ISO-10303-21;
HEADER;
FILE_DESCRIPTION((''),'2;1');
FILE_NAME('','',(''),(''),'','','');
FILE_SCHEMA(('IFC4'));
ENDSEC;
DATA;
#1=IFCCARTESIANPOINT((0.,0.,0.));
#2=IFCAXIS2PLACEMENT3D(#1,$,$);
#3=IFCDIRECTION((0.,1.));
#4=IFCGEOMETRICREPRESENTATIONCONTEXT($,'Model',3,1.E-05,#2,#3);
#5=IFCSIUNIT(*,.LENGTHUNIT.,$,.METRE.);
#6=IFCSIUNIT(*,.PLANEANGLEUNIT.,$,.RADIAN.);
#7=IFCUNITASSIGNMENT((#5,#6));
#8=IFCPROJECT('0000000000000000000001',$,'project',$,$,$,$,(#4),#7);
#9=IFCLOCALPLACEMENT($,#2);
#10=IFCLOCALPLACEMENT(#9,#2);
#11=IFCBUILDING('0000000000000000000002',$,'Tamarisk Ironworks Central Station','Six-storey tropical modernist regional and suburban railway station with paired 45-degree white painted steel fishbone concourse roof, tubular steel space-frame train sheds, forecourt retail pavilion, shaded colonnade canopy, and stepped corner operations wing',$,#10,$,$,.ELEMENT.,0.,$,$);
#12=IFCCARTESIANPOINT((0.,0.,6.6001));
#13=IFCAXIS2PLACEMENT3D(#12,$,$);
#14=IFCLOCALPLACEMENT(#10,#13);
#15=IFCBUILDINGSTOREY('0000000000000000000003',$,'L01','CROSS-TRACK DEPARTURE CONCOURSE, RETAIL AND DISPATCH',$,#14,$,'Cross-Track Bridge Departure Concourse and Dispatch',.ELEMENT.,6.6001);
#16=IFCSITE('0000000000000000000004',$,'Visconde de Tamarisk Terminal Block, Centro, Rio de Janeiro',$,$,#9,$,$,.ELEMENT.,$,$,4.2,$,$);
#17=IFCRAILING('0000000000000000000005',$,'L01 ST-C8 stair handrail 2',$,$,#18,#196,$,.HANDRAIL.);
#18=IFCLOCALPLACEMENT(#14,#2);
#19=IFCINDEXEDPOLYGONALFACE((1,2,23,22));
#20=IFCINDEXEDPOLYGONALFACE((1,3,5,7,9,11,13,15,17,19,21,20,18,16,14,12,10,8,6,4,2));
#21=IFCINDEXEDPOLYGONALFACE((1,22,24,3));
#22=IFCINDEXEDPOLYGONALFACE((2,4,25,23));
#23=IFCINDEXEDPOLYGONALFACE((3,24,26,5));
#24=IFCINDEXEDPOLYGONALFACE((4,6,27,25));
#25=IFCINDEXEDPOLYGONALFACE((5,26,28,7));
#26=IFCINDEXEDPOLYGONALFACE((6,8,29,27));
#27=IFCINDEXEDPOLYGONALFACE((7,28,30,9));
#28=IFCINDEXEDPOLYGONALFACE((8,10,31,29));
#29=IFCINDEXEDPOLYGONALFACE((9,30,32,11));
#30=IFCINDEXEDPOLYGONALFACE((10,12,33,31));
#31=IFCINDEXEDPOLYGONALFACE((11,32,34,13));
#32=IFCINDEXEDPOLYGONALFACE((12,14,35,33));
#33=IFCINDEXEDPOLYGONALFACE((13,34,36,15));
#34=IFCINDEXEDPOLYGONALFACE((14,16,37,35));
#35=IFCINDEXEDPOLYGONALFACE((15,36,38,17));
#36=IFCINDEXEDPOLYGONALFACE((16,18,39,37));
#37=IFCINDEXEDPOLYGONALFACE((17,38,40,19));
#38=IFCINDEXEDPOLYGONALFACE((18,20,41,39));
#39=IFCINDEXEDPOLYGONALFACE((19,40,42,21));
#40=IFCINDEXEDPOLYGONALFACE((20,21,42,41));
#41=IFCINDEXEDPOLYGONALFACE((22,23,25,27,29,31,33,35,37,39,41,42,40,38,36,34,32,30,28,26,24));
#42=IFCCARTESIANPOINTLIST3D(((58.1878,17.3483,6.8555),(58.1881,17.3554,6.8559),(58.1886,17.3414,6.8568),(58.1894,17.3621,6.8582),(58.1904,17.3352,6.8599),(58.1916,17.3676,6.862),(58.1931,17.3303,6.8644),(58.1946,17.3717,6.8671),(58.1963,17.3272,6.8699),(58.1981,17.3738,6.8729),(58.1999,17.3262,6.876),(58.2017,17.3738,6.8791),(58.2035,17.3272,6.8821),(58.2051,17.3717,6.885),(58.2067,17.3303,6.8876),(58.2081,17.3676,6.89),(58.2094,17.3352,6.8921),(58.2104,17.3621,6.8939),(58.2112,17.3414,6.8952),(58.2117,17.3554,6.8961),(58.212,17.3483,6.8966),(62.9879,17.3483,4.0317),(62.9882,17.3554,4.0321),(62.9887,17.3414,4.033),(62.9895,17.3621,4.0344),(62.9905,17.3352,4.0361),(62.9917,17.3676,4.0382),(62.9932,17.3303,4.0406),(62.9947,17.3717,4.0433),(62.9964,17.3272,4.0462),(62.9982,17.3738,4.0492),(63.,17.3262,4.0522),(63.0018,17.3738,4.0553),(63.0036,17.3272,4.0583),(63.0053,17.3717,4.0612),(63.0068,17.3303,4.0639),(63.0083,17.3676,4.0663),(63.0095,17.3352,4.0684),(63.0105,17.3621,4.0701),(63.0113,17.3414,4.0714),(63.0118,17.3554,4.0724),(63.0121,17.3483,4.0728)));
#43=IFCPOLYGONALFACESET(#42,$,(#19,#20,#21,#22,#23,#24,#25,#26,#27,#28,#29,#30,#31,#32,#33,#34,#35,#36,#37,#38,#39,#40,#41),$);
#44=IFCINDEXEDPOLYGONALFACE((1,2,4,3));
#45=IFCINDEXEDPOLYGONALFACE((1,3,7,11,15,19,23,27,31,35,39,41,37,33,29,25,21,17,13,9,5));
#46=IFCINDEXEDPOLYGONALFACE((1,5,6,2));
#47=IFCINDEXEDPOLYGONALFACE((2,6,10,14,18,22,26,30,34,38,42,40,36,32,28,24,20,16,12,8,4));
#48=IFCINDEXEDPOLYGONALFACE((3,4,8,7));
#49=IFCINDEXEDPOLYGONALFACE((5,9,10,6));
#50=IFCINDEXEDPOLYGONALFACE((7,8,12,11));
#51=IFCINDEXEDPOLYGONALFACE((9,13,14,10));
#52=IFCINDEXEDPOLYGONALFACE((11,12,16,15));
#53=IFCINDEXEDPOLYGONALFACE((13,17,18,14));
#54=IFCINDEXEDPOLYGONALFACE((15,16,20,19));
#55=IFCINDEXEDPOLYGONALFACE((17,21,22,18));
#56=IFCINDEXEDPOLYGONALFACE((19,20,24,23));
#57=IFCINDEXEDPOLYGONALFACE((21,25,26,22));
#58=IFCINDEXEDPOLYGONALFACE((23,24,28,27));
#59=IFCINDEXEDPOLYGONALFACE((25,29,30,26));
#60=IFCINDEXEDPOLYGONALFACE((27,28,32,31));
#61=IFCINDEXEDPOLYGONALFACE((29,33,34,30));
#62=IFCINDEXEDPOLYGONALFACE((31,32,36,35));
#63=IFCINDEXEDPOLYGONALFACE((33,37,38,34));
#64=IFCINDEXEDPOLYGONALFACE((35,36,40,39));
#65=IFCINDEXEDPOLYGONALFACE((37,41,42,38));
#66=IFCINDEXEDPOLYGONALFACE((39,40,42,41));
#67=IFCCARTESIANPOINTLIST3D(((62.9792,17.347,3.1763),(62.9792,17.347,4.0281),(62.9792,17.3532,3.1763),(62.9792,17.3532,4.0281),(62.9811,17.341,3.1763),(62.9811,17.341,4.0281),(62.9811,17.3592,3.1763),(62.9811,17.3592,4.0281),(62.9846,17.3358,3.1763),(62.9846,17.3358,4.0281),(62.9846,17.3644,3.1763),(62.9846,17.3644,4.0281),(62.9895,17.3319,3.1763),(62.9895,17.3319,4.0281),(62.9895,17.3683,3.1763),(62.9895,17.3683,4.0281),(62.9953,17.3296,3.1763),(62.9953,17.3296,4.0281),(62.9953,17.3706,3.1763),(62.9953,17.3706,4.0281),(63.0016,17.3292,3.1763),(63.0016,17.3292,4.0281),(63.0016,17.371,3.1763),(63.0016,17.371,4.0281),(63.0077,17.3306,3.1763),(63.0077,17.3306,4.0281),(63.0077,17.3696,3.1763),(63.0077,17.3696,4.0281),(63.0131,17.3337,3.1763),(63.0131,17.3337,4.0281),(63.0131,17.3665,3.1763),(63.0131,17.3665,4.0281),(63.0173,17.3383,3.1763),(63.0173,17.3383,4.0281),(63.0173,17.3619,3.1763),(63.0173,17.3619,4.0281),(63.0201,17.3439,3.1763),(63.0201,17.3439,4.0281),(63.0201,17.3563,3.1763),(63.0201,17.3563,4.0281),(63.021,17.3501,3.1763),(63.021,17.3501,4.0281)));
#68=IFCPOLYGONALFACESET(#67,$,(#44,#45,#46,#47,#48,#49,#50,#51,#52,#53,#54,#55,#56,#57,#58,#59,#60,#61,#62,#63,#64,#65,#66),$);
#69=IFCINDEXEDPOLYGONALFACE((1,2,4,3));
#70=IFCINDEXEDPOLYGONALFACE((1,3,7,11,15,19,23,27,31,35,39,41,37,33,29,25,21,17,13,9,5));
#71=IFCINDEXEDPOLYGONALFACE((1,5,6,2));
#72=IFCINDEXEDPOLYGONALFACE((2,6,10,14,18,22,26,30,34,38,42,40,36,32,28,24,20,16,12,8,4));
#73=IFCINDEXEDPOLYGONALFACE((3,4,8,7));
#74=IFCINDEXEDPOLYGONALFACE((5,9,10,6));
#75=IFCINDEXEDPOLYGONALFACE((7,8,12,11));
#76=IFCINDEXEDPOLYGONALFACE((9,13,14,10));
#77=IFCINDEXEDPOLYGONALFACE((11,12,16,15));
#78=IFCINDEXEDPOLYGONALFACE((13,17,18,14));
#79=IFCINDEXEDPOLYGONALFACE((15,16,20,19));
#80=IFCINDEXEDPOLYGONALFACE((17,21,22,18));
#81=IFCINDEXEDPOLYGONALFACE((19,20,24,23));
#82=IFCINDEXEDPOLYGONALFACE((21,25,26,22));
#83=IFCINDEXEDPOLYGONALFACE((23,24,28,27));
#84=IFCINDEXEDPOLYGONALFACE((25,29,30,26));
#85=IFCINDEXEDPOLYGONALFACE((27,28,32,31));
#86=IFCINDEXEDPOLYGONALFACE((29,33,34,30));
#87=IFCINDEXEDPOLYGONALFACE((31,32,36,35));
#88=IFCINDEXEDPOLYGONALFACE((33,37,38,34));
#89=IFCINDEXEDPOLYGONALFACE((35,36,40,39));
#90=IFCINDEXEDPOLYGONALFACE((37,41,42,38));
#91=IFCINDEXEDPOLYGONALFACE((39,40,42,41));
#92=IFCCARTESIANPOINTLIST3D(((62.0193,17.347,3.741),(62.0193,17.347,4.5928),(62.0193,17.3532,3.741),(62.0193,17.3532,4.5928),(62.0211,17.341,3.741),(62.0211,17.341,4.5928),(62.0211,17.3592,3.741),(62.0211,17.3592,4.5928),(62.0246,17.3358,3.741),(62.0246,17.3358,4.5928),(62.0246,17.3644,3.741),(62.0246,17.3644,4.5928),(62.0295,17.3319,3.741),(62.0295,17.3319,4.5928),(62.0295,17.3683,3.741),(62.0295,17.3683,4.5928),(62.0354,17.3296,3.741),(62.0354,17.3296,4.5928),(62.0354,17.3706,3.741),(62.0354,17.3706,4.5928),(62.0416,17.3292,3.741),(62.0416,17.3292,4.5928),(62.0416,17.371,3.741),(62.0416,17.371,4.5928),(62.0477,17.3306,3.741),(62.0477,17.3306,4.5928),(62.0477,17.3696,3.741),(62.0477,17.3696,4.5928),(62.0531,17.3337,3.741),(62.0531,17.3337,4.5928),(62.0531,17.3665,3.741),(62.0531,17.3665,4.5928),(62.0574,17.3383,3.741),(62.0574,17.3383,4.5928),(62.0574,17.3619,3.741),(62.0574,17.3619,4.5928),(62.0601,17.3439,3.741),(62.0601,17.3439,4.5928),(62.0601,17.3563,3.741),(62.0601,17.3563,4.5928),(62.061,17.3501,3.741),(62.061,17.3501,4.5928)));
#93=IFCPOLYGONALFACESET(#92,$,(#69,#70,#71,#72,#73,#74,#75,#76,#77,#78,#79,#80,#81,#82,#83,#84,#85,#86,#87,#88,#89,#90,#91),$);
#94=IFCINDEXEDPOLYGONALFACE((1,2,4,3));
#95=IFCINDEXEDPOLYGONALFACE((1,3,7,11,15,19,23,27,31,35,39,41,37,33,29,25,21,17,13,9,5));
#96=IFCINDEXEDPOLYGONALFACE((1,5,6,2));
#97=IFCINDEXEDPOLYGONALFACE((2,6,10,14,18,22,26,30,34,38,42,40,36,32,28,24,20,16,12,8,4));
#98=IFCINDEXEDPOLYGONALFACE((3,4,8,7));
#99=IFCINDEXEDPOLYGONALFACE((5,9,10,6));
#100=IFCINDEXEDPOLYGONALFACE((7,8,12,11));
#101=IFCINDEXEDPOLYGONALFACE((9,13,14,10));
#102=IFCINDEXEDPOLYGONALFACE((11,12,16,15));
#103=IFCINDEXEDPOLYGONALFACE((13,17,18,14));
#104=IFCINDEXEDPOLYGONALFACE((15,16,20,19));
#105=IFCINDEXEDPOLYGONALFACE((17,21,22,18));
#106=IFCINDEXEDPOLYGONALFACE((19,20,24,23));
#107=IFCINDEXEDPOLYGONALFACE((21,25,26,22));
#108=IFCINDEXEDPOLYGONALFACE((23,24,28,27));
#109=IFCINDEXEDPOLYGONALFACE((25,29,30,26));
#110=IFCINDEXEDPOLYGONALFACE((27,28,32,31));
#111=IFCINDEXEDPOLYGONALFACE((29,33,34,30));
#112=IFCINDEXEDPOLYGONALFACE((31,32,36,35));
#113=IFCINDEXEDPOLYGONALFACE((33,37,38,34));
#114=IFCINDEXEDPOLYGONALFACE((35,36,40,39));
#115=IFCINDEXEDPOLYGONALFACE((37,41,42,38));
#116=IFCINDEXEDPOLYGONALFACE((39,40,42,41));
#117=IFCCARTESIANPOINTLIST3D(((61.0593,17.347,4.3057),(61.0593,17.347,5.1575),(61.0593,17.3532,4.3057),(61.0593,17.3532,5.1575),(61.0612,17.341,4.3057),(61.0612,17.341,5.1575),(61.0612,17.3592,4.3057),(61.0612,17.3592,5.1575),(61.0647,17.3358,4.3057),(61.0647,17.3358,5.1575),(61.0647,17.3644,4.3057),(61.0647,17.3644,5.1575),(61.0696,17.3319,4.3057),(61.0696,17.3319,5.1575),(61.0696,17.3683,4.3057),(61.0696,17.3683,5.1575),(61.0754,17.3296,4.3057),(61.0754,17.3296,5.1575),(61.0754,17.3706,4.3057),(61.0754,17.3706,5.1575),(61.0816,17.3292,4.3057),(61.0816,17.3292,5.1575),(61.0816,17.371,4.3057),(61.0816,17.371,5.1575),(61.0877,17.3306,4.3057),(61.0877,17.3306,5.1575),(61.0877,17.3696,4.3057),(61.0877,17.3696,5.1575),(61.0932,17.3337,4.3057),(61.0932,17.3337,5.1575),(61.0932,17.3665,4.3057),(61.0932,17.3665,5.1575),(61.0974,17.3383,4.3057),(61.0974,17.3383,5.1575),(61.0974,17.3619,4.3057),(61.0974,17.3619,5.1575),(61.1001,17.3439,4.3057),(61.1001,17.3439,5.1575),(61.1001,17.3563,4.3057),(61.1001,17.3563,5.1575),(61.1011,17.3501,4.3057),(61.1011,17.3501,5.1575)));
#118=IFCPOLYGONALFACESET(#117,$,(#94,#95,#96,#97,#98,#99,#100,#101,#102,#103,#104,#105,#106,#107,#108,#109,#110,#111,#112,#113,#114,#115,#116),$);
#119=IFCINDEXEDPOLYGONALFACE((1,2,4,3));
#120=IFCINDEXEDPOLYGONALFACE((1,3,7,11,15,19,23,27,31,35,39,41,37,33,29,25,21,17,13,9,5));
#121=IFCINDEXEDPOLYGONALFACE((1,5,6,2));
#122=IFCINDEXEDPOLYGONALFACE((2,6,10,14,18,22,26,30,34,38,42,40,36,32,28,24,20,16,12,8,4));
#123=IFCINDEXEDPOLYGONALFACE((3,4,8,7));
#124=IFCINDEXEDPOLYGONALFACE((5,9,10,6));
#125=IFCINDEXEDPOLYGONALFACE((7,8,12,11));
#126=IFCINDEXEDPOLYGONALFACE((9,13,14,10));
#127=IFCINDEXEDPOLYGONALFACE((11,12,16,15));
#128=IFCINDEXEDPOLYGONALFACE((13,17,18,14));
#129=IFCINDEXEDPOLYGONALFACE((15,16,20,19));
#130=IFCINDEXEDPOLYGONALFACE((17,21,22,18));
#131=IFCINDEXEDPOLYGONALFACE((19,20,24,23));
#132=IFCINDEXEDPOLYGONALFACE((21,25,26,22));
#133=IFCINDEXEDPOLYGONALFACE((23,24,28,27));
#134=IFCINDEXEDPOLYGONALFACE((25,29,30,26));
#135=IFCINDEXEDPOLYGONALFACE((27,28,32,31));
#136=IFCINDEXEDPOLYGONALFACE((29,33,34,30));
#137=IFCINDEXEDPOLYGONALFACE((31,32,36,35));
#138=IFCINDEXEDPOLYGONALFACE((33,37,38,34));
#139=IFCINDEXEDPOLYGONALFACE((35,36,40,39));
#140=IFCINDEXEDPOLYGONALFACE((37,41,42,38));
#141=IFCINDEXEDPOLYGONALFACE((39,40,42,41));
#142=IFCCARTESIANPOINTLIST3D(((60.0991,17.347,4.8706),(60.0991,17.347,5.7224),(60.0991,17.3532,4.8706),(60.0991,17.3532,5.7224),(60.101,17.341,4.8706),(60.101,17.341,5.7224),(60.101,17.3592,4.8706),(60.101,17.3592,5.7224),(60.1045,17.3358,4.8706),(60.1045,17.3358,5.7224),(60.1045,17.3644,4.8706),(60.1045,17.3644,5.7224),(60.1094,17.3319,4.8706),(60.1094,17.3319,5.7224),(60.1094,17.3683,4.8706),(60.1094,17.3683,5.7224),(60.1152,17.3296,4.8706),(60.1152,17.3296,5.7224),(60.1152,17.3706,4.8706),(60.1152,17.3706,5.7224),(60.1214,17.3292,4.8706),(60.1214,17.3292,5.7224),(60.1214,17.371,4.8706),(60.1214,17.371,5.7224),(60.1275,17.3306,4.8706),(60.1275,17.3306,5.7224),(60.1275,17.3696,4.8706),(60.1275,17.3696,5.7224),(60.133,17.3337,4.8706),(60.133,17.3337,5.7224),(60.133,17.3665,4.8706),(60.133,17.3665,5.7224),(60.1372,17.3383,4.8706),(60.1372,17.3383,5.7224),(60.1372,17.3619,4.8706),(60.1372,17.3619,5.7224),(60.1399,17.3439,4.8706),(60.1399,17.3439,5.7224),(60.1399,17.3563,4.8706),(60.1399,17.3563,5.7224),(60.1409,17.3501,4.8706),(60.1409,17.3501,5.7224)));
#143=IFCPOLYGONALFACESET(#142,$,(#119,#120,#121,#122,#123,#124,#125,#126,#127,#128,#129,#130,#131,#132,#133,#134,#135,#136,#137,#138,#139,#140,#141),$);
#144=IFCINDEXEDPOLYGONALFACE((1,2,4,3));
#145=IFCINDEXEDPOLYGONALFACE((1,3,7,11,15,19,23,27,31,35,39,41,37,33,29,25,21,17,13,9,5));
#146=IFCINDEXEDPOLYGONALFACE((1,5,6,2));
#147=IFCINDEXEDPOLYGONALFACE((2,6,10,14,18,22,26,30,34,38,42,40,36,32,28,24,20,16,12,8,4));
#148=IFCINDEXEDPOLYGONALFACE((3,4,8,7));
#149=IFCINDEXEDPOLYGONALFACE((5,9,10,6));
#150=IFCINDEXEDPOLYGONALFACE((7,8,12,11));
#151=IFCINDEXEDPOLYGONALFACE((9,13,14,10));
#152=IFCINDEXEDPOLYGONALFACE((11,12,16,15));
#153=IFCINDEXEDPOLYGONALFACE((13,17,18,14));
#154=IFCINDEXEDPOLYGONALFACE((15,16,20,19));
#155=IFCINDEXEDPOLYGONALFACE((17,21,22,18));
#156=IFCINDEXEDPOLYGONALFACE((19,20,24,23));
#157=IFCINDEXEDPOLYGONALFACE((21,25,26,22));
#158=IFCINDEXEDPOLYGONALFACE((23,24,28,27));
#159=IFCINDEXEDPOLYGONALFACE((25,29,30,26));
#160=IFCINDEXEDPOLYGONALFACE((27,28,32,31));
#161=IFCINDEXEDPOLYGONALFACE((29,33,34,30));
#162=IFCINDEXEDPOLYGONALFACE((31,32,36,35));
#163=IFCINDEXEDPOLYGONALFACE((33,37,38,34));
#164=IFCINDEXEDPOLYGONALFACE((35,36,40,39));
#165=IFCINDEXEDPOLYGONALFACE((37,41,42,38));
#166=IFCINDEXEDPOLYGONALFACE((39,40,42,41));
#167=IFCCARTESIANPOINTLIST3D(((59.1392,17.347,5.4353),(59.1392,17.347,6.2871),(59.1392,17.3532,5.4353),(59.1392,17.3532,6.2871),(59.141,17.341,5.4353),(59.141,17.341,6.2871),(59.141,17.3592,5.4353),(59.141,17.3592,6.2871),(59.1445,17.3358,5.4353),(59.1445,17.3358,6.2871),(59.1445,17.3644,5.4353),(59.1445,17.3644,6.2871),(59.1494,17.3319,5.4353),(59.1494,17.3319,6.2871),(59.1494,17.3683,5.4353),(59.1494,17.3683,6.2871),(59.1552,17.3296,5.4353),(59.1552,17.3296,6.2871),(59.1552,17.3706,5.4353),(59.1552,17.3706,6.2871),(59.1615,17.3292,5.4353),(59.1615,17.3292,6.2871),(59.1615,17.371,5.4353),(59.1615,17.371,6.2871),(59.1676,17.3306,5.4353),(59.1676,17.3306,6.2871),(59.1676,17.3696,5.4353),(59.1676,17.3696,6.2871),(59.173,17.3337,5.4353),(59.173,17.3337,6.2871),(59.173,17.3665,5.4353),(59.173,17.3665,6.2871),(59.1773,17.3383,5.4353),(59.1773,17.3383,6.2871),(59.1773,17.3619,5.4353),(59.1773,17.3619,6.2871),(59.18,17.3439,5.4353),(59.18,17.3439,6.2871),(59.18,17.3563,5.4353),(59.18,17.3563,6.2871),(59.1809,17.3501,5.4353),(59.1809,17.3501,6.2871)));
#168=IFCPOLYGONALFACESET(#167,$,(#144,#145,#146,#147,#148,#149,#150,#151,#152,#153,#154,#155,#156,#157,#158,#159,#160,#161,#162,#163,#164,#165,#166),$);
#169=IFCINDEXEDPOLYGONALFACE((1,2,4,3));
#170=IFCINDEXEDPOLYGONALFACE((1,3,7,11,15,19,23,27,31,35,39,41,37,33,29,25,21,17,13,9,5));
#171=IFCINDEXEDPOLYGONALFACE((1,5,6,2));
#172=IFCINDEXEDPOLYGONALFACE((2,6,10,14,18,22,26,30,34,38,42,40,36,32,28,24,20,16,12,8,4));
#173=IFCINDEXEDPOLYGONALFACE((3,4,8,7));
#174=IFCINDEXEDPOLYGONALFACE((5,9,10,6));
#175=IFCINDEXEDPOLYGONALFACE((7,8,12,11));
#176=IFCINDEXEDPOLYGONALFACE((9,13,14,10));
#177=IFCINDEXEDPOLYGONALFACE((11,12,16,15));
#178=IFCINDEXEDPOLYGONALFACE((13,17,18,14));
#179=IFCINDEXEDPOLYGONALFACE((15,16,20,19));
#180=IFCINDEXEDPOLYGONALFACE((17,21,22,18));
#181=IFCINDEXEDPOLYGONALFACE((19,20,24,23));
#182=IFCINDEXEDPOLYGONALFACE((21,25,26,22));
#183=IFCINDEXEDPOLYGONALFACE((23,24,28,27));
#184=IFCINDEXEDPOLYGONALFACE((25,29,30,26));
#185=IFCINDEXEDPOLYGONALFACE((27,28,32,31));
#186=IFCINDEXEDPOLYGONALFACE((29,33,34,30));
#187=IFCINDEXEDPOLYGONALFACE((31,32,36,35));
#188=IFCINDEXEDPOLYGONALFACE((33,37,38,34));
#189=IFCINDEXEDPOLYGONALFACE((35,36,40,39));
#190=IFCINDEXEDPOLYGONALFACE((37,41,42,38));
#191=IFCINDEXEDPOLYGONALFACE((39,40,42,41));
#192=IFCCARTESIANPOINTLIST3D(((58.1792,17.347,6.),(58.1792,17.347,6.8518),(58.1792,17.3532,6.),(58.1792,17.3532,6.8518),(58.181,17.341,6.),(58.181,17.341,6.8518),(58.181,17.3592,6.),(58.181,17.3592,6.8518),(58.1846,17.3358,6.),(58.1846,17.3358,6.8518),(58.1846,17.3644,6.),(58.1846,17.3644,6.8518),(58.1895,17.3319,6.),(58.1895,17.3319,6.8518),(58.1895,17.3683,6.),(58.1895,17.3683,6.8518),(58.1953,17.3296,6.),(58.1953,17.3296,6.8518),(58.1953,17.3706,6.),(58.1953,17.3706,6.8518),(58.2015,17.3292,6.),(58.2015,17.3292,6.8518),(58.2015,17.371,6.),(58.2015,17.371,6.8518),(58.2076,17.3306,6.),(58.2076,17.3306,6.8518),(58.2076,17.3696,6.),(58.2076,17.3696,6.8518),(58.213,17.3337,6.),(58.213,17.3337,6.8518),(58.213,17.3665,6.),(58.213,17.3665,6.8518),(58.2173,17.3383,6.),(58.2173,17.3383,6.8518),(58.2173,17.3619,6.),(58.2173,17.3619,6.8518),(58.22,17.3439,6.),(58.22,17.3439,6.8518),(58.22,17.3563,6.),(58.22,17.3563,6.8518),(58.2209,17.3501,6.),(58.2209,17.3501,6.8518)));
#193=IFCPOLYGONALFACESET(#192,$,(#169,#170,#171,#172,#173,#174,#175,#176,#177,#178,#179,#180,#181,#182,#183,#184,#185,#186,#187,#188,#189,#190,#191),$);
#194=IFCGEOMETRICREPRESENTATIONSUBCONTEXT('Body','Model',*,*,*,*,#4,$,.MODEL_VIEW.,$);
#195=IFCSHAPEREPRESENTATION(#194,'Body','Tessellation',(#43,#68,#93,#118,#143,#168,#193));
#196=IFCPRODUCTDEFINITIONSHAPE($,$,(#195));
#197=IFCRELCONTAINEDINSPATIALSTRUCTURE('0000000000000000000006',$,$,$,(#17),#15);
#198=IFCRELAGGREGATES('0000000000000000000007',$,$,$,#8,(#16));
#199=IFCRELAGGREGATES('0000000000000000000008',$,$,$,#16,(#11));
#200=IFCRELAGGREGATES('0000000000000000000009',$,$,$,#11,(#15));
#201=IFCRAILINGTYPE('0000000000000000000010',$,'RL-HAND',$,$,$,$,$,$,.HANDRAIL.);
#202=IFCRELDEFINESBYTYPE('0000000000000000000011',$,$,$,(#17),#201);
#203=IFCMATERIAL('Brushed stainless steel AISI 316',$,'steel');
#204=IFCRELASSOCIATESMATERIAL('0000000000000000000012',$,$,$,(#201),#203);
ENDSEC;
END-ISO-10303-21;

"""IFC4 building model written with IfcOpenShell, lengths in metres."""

from ifc_helpers import new_model, si_unit, direction, frame, origin, origin_2d, place, context, subcontext, project, spatial, circle, extrude, material, type_object, element, save


model = new_model("IFC4")

# Units and contexts
model_context = context("Model", 3, precision=1e-05, world=origin(), true_north=direction((0.0, 1.0)))
body_context = subcontext(model_context, "Body", "Model", "MODEL_VIEW")
ifc_project = project(units=[si_unit("LENGTHUNIT", "METRE"), si_unit("PLANEANGLEUNIT", "RADIAN")], contexts=[model_context])

# Site, building, storey
site_placement = place(None, origin())
site = spatial("IfcSite", under=ifc_project, at=site_placement, Name="Visconde de Tamarisk Terminal Block, Centro, Rio de Janeiro", CompositionType="ELEMENT", RefElevation=4.2)
building_placement = place(site_placement, origin())
building = spatial("IfcBuilding", under=site, at=building_placement, Name="Tamarisk Ironworks Central Station", Description="Six-storey tropical modernist regional and suburban railway station with paired 45-degree white painted steel fishbone concourse roof, tubular steel space-frame train sheds, forecourt retail pavilion, shaded colonnade canopy, and stepped corner operations wing", CompositionType="ELEMENT", ElevationOfRefHeight=0.0)
storey_placement = place(building_placement, frame((0.0, 0.0, 6.6001)))
storey = spatial("IfcBuildingStorey", under=building, at=storey_placement, Name="L01", Description="CROSS-TRACK DEPARTURE CONCOURSE, RETAIL AND DISPATCH", LongName="Cross-Track Bridge Departure Concourse and Dispatch", CompositionType="ELEMENT", Elevation=6.6001)

# Railing
ifc_material_1 = material(Name="Brushed stainless steel AISI 316", Category="steel")
railing_type_1 = type_object("IfcRailingType", Name="RL-HAND", PredefinedType="HANDRAIL", material=ifc_material_1)
railing_1_placement = place(storey_placement, frame((63.0, 17.3501, 3.1763)))
element("IfcRailing", 1, at=railing_1_placement, inside=storey, type_object=railing_type_1, Name="L01 ST-C8 stair handrail 2", PredefinedType="HANDRAIL", context=body_context, shape_type="SweptSolid", body=[
    extrude(circle(Radius=0.0239, at=origin_2d()), frame((0.0, 0.0, 0.876), z_axis=(-0.861921, 0.0, 0.507043), x_axis=(0.0, -1.0, 0.0)), (0.0, 0.0, 1.0), 5.5691),
    extrude(circle(Radius=0.021, at=origin_2d()), origin(), (0.0, 0.0, 1.0), 0.8518),
    extrude(circle(Radius=0.021, at=origin_2d()), frame((-0.96, 0.0, 0.5647)), (0.0, 0.0, 1.0), 0.8518),
    extrude(circle(Radius=0.021, at=origin_2d()), frame((-1.9199, 0.0, 1.1294)), (0.0, 0.0, 1.0), 0.8518),
    extrude(circle(Radius=0.021, at=origin_2d()), frame((-2.8801, 0.0, 1.6943)), (0.0, 0.0, 1.0), 0.8518),
    extrude(circle(Radius=0.021, at=origin_2d()), frame((-3.8401, 0.0, 2.259)), (0.0, 0.0, 1.0), 0.8518),
    extrude(circle(Radius=0.021, at=origin_2d()), frame((-4.8, 0.0, 2.8237)), (0.0, 0.0, 1.0), 0.8518),
])

save(model, "model.ifc")
